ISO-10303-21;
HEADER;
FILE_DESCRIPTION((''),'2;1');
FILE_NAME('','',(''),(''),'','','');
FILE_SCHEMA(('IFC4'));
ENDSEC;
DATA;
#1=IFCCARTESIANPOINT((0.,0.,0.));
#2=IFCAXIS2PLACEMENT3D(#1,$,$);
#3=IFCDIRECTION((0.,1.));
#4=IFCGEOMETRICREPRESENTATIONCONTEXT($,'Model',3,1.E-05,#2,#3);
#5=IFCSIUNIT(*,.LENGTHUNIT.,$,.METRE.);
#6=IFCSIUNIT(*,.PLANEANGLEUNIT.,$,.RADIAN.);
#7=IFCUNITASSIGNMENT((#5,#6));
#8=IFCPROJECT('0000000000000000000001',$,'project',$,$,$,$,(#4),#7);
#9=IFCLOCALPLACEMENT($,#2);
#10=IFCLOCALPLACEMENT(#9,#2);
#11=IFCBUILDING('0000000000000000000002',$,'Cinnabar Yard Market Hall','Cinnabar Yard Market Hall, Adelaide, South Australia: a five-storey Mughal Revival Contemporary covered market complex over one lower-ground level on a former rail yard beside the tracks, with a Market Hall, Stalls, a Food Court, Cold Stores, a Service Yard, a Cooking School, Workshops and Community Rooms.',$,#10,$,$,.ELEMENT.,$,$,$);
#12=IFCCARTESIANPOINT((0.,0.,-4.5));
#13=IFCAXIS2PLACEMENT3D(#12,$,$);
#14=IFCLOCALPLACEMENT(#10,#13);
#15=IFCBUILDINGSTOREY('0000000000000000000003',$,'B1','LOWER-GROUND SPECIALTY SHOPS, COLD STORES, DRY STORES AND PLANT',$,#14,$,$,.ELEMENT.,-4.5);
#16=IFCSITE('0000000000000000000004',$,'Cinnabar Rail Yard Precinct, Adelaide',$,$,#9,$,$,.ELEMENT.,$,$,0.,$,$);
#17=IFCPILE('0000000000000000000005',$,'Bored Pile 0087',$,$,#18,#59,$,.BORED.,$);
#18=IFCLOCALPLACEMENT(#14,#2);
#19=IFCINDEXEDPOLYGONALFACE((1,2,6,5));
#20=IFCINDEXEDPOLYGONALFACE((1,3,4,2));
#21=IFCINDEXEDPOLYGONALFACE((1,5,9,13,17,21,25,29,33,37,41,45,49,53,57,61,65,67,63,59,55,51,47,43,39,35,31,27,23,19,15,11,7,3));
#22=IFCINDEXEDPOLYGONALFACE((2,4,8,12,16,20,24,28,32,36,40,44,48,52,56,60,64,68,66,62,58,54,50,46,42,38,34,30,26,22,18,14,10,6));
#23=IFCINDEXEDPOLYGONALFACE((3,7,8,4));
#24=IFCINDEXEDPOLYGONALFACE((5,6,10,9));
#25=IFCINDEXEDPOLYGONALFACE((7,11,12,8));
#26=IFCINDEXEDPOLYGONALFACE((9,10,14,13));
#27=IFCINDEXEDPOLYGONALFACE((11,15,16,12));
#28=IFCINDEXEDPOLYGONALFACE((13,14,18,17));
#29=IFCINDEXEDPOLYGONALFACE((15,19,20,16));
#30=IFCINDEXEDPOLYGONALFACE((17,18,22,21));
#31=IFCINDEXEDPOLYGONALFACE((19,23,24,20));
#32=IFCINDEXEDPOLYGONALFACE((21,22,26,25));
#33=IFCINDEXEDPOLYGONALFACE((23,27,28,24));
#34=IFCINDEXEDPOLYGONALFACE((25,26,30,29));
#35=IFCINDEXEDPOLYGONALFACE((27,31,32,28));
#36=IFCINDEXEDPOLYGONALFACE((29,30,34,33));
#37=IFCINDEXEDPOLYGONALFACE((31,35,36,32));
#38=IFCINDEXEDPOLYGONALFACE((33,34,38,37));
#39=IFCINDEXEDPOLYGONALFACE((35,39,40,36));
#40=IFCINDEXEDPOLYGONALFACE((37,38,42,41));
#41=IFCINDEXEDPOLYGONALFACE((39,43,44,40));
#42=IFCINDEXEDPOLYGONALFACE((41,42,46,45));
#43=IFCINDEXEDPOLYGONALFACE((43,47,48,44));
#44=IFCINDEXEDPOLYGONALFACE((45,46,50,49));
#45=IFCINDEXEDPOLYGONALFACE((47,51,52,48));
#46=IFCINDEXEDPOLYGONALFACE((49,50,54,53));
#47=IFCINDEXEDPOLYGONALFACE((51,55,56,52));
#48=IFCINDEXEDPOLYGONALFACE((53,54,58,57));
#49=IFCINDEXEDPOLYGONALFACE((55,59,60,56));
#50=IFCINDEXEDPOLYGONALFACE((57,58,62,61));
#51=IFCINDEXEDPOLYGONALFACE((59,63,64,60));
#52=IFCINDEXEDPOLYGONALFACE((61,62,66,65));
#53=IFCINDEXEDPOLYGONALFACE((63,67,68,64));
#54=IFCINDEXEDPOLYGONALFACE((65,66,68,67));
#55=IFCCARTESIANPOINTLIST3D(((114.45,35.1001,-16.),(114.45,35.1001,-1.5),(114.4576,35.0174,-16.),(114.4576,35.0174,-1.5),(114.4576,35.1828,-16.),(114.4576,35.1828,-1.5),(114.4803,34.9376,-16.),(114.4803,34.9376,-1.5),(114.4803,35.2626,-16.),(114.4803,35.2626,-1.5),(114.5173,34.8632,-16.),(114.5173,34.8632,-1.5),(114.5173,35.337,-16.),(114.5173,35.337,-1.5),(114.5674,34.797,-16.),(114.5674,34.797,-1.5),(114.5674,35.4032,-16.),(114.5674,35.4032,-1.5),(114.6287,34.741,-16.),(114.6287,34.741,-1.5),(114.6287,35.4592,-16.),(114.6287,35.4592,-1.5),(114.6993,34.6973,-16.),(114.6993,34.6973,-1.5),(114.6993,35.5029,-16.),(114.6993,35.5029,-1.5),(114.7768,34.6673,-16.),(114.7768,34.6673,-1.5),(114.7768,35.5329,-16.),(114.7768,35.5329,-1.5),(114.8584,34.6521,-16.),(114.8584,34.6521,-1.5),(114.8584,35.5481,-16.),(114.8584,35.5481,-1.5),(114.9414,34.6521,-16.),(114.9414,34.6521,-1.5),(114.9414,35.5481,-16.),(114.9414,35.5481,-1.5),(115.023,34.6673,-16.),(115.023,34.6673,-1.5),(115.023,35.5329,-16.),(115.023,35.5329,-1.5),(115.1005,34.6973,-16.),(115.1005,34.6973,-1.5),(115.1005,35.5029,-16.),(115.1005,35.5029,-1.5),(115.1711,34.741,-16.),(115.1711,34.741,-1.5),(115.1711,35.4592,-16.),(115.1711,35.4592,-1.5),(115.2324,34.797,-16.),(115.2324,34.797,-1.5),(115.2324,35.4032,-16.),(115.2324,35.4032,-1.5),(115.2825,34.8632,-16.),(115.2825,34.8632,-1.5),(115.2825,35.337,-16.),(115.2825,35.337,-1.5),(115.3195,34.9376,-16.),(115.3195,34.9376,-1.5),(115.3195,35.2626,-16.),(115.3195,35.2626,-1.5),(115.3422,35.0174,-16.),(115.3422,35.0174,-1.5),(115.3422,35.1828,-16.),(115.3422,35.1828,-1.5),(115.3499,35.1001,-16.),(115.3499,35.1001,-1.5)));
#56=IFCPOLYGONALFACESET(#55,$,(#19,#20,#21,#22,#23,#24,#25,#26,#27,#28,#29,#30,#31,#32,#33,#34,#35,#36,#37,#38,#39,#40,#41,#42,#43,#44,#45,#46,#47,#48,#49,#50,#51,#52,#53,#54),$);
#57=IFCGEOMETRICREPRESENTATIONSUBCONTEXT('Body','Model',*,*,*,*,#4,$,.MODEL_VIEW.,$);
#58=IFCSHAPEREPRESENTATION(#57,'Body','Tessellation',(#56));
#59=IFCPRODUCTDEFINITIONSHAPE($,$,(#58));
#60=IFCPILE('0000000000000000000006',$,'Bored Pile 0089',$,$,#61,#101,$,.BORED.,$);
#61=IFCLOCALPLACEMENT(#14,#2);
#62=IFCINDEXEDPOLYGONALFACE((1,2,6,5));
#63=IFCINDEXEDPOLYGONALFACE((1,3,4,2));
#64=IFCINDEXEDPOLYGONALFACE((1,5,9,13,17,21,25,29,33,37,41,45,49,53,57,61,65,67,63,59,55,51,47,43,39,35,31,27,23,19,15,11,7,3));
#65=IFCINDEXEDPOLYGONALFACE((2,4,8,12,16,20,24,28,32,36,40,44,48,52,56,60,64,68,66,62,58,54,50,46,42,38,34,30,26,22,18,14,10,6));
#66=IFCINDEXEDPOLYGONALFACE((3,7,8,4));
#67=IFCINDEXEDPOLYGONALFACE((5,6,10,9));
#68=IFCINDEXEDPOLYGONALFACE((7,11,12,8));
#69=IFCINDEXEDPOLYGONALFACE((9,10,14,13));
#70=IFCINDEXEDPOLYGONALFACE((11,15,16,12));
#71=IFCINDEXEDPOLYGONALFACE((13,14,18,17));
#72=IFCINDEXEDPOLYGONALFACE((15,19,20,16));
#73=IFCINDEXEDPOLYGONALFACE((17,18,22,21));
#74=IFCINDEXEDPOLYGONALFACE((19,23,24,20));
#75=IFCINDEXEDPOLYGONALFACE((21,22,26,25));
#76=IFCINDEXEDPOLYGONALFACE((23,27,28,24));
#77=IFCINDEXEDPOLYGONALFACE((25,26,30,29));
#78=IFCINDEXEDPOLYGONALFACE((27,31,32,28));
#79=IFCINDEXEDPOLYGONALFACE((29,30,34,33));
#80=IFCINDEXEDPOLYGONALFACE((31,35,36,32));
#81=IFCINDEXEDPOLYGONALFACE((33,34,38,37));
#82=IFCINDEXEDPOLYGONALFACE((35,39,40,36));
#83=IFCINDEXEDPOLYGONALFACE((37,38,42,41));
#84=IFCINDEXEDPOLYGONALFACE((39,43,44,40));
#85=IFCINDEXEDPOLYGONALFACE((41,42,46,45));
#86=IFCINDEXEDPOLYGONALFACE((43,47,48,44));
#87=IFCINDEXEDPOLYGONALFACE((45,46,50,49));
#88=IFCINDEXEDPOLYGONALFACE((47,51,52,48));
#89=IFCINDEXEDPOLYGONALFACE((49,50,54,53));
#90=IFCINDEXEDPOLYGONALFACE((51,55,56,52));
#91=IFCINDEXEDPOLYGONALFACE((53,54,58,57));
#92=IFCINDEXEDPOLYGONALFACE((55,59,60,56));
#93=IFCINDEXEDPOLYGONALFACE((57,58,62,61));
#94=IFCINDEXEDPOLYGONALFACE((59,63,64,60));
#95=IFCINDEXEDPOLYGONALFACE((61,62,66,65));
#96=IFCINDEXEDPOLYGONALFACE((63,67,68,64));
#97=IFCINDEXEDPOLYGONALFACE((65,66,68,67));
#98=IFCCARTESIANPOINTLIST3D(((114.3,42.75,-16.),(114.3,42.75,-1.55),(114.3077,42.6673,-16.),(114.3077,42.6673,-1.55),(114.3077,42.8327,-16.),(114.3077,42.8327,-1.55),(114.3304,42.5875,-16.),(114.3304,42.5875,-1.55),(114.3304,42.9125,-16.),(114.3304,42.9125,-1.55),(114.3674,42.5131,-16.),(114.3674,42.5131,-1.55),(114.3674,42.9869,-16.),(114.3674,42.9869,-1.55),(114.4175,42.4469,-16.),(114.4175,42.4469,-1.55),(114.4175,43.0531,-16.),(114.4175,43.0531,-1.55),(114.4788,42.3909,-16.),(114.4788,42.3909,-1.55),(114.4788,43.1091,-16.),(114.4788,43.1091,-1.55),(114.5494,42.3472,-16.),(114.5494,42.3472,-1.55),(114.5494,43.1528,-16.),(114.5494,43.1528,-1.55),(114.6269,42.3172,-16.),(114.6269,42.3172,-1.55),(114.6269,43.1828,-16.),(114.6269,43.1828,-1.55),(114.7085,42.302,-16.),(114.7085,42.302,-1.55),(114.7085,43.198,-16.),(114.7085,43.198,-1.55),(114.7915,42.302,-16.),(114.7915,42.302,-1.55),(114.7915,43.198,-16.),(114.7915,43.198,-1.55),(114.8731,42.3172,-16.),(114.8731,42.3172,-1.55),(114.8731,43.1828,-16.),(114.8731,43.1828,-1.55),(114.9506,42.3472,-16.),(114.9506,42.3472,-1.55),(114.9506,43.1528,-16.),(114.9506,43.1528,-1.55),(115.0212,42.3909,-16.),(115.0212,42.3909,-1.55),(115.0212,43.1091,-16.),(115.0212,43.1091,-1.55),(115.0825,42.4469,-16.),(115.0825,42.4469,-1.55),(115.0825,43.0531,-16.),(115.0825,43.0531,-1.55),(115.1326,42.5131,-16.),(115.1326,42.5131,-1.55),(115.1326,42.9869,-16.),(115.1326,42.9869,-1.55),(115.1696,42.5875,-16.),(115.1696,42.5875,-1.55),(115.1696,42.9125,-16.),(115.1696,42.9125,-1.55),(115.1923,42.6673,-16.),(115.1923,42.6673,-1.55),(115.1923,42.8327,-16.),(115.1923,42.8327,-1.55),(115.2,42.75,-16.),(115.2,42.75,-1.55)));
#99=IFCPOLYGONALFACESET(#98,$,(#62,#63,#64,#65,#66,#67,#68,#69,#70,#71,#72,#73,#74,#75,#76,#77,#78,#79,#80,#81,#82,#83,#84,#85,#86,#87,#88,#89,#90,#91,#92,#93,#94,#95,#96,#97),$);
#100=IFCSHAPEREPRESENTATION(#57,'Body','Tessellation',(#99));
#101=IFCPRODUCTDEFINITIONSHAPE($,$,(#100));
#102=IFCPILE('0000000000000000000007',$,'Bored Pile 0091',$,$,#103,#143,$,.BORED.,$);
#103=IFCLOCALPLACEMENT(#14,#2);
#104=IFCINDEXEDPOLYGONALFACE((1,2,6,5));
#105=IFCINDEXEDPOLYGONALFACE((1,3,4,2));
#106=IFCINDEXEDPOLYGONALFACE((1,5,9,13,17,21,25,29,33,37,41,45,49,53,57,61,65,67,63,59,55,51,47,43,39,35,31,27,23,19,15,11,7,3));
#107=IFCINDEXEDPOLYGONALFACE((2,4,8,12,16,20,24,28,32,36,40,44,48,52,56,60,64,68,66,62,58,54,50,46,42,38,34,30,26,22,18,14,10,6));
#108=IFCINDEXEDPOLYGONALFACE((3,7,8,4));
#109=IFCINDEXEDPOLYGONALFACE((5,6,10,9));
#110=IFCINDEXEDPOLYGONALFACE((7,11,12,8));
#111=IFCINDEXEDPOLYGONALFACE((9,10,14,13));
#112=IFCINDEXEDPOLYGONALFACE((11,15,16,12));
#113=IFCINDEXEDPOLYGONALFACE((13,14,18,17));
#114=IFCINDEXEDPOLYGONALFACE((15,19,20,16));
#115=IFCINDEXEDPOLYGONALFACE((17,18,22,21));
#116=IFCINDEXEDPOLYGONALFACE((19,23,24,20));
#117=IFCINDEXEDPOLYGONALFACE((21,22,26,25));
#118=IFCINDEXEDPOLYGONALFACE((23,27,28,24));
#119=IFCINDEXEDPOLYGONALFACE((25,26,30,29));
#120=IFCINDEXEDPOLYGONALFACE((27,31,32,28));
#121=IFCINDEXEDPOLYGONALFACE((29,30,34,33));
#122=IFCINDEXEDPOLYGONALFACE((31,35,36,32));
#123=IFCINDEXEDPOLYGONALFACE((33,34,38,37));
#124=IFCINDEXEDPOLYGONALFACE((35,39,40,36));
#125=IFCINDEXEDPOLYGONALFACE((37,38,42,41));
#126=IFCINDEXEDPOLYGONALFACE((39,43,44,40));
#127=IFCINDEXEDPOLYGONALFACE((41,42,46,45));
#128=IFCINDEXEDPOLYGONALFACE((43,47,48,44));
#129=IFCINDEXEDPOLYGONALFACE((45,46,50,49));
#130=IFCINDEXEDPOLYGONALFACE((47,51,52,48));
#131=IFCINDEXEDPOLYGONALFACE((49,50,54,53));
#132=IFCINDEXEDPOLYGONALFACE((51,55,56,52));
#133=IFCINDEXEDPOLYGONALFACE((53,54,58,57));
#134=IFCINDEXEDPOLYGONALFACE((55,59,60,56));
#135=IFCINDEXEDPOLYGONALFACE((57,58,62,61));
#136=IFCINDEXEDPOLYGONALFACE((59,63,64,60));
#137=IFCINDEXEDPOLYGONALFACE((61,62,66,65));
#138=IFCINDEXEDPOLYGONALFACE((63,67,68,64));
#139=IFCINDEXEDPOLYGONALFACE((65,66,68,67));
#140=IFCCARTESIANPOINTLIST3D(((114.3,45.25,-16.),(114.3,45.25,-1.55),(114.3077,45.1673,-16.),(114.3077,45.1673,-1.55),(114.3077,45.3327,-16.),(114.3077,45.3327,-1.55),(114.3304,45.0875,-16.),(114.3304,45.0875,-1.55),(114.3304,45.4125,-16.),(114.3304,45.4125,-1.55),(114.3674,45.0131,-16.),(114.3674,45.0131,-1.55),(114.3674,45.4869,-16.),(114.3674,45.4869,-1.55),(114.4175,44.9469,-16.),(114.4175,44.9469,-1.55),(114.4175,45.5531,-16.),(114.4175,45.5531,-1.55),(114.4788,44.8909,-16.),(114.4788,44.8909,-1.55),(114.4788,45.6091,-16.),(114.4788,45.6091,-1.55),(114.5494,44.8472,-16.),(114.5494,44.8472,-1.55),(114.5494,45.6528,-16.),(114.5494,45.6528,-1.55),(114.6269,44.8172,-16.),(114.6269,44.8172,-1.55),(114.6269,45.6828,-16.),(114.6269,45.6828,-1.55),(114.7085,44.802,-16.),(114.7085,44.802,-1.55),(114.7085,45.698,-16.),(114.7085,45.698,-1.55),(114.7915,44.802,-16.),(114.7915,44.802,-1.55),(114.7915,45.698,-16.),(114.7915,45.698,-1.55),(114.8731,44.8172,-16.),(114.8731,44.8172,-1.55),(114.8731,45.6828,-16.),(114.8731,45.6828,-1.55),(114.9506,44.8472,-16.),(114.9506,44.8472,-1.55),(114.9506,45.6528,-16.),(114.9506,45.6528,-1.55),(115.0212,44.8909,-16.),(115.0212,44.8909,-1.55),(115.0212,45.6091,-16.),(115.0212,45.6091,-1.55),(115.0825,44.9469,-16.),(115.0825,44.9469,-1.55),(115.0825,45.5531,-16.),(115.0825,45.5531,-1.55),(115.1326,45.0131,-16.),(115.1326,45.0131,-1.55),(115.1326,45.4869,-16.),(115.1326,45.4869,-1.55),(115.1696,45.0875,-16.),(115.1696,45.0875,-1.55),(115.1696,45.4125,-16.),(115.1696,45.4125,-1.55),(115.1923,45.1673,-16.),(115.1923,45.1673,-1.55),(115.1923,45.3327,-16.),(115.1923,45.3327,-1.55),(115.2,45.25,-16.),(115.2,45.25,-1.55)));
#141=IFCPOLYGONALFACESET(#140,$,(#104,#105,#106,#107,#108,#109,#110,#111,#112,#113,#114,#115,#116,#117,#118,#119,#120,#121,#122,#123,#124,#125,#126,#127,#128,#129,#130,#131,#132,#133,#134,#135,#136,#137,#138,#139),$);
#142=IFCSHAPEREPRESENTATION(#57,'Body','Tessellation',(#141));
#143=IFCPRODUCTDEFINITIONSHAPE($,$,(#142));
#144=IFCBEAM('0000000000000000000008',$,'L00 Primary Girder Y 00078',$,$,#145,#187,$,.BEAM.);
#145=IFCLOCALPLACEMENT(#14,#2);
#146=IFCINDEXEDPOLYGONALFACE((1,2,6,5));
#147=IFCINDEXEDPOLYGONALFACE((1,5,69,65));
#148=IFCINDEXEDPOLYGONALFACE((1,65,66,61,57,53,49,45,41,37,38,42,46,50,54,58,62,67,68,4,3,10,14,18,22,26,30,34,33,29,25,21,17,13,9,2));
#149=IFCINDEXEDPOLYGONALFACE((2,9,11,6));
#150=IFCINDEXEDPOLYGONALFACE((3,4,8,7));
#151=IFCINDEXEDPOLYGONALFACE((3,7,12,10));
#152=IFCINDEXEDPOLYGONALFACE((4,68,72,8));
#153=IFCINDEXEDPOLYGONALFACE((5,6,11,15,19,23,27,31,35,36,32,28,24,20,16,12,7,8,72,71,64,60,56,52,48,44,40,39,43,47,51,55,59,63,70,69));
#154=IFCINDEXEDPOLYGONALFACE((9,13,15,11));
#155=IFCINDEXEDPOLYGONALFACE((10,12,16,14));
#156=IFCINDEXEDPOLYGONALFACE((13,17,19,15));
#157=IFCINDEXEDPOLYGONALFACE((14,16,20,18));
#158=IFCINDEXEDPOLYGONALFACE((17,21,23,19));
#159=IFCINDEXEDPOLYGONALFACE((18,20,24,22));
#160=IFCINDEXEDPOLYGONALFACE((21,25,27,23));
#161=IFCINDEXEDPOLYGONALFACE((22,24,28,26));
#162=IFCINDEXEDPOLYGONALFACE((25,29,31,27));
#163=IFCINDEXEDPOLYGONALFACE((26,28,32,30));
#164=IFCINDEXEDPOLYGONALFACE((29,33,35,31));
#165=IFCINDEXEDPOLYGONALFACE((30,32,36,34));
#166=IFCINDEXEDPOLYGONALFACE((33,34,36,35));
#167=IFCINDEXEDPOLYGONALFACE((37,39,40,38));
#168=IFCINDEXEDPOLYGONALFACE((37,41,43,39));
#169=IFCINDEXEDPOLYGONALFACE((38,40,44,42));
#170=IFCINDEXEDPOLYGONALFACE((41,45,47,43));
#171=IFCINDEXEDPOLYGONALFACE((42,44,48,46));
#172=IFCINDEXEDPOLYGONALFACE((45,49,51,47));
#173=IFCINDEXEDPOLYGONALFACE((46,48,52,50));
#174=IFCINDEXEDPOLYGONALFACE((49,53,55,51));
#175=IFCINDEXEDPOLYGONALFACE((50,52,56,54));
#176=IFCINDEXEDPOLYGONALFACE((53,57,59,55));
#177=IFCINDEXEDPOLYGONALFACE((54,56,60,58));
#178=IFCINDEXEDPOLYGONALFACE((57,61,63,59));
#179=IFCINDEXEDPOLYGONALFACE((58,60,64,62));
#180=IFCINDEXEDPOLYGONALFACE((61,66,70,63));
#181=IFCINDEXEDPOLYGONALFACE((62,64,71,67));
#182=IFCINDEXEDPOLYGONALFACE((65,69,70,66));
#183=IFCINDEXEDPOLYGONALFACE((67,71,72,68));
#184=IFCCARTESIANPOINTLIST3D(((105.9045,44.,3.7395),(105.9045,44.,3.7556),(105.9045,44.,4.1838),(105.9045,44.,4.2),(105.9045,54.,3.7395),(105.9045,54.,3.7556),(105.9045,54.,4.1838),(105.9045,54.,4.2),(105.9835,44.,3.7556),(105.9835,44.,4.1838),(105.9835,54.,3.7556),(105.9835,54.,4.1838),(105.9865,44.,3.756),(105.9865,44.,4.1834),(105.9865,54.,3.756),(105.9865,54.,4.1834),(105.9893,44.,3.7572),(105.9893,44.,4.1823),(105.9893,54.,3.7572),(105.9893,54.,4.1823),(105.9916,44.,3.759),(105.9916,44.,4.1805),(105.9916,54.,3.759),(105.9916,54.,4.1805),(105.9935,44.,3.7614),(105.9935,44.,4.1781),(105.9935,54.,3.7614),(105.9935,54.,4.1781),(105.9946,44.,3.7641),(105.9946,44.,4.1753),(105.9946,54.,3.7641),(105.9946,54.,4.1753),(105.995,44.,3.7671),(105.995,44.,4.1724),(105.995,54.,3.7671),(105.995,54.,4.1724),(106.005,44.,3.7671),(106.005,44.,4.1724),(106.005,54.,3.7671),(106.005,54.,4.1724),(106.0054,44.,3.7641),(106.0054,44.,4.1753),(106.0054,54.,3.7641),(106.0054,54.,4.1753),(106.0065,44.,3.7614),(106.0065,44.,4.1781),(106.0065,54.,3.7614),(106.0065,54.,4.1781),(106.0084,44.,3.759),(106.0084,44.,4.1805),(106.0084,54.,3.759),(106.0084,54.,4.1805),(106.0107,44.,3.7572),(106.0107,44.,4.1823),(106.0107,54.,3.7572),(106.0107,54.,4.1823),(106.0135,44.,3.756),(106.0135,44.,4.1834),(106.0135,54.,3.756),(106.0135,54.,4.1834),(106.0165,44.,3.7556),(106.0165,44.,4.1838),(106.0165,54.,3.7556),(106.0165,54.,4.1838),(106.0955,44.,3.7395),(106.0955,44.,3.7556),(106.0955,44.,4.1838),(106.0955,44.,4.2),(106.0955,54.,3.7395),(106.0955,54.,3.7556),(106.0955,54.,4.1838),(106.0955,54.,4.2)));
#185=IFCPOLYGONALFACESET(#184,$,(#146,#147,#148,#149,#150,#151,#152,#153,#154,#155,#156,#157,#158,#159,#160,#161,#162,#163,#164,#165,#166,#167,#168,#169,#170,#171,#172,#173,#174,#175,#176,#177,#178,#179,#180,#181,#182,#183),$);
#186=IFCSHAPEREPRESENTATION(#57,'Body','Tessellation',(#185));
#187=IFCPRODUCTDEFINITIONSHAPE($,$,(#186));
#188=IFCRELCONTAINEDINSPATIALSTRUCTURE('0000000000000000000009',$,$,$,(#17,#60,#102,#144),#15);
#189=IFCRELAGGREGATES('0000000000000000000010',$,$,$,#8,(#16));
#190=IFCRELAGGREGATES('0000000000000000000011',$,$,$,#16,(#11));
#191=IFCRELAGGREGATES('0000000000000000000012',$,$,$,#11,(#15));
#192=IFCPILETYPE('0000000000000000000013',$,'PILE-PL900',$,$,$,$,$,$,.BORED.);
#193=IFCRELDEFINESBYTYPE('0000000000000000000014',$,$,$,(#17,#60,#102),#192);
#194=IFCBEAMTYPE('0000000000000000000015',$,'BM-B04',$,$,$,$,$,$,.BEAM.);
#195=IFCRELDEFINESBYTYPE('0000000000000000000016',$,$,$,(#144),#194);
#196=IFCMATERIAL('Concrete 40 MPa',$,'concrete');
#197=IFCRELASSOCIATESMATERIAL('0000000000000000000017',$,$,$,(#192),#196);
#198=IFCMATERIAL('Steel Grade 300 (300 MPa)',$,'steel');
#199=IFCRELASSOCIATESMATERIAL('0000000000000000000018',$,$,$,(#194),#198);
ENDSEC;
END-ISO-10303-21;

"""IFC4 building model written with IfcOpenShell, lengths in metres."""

from ifc_helpers import new_model, si_unit, direction, frame, origin, origin_2d_with_axis, place, context, subcontext, project, spatial, circle, i_section, extrude, material, material_profile, profile_set, type_object, element, save


model = new_model("IFC4")

# Units and contexts
model_context = context("Model", 3, precision=1e-05, world=origin(), true_north=direction((0.0, 1.0)))
body_context = subcontext(model_context, "Body", "Model", "MODEL_VIEW")
ifc_project = project(units=[si_unit("LENGTHUNIT", "METRE"), si_unit("PLANEANGLEUNIT", "RADIAN")], contexts=[model_context])

# Site, building, storey
site_placement = place(None, origin())
site = spatial("IfcSite", under=ifc_project, at=site_placement, Name="Cinnabar Rail Yard Precinct, Adelaide", CompositionType="ELEMENT", RefElevation=0.0)
building_placement = place(site_placement, origin())
building = spatial("IfcBuilding", under=site, at=building_placement, Name="Cinnabar Yard Market Hall", Description="Cinnabar Yard Market Hall, Adelaide, South Australia: a five-storey Mughal Revival Contemporary covered market complex over one lower-ground level on a former rail yard beside the tracks, with a Market Hall, Stalls, a Food Court, Cold Stores, a Service Yard, a Cooking School, Workshops and Community Rooms.", CompositionType="ELEMENT")
storey_placement = place(building_placement, frame((0.0, 0.0, -4.5)))
storey = spatial("IfcBuildingStorey", under=building, at=storey_placement, Name="B1", Description="LOWER-GROUND SPECIALTY SHOPS, COLD STORES, DRY STORES AND PLANT", CompositionType="ELEMENT", Elevation=-4.5)

# Shared definitions
ifc_material_1 = material(Name="Concrete 40 MPa", Category="concrete")

# Piles
ifc_material_profile_1 = material_profile(ifc_material_1, circle(Radius=0.45, at=origin_2d_with_axis()), Name="PILE-D900")
ifc_profile_set_1 = profile_set([ifc_material_profile_1], Name="Concrete 40 MPa")
pile_type = type_object("IfcPileType", Name="PILE-PL900", PredefinedType="BORED", material=ifc_profile_set_1)
pile_1_placement = place(storey_placement, frame((114.8999, 35.1001, -1.5), z_axis=(0.0, 0.0, -1.0), x_axis=(1.0, 0.0, 0.0)))
element("IfcPile", 1, at=pile_1_placement, inside=storey, type_object=pile_type, Name="Bored Pile 0087", PredefinedType="BORED", context=body_context, shape_type="SweptSolid", body=[
    extrude(circle(Radius=0.45, at=origin_2d_with_axis()), origin(), (0.0, 0.0, 1.0), 14.5),
])
for number, where, z_axis, x_axis, name in (
    (2, (114.75, 42.75, -1.55), (0.0, 0.0, -1.0), (1.0, 0.0, 0.0), "Bored Pile 0089"),
    (3, (114.75, 45.25, -1.55), (0.0, 0.0, -1.0), (1.0, 0.0, 0.0), "Bored Pile 0091"),
):
    element("IfcPile", number, at=place(storey_placement, frame(where, z_axis=z_axis, x_axis=x_axis)), inside=storey, type_object=pile_type, Name=name, PredefinedType="BORED", context=body_context, shape_type="SweptSolid", body=[
        extrude(circle(Radius=0.45, at=origin_2d_with_axis()), origin(), (0.0, 0.0, 1.0), 14.45),
    ])

# Beam
ifc_material_2 = material(Name="Steel Grade 300 (300 MPa)", Category="steel")
ifc_material_profile_2 = material_profile(ifc_material_2, i_section(OverallWidth=0.1909, OverallDepth=0.4604, WebThickness=0.01, FlangeThickness=0.0161, FilletRadius=0.0115, at=origin_2d_with_axis()), Name="460UB82.1")
ifc_profile_set_2 = profile_set([ifc_material_profile_2], Name="Steel Grade 300 (300 MPa)")
beam_type_1 = type_object("IfcBeamType", Name="BM-B04", PredefinedType="BEAM", material=ifc_profile_set_2)
beam_1_placement = place(storey_placement, frame((106.0, 44.0, 3.9697), z_axis=(0.0, 1.0, 0.0), x_axis=(-1.0, 0.0, 0.0)))
element("IfcBeam", 4, at=beam_1_placement, inside=storey, type_object=beam_type_1, Name="L00 Primary Girder Y 00078", PredefinedType="BEAM", context=body_context, shape_type="SweptSolid", body=[
    extrude(i_section(OverallWidth=0.1909, OverallDepth=0.4604, WebThickness=0.01, FlangeThickness=0.0161, FilletRadius=0.0115, at=origin_2d_with_axis()), origin(), (0.0, 0.0, 1.0), 10.0),
])

save(model, "model.ifc")
